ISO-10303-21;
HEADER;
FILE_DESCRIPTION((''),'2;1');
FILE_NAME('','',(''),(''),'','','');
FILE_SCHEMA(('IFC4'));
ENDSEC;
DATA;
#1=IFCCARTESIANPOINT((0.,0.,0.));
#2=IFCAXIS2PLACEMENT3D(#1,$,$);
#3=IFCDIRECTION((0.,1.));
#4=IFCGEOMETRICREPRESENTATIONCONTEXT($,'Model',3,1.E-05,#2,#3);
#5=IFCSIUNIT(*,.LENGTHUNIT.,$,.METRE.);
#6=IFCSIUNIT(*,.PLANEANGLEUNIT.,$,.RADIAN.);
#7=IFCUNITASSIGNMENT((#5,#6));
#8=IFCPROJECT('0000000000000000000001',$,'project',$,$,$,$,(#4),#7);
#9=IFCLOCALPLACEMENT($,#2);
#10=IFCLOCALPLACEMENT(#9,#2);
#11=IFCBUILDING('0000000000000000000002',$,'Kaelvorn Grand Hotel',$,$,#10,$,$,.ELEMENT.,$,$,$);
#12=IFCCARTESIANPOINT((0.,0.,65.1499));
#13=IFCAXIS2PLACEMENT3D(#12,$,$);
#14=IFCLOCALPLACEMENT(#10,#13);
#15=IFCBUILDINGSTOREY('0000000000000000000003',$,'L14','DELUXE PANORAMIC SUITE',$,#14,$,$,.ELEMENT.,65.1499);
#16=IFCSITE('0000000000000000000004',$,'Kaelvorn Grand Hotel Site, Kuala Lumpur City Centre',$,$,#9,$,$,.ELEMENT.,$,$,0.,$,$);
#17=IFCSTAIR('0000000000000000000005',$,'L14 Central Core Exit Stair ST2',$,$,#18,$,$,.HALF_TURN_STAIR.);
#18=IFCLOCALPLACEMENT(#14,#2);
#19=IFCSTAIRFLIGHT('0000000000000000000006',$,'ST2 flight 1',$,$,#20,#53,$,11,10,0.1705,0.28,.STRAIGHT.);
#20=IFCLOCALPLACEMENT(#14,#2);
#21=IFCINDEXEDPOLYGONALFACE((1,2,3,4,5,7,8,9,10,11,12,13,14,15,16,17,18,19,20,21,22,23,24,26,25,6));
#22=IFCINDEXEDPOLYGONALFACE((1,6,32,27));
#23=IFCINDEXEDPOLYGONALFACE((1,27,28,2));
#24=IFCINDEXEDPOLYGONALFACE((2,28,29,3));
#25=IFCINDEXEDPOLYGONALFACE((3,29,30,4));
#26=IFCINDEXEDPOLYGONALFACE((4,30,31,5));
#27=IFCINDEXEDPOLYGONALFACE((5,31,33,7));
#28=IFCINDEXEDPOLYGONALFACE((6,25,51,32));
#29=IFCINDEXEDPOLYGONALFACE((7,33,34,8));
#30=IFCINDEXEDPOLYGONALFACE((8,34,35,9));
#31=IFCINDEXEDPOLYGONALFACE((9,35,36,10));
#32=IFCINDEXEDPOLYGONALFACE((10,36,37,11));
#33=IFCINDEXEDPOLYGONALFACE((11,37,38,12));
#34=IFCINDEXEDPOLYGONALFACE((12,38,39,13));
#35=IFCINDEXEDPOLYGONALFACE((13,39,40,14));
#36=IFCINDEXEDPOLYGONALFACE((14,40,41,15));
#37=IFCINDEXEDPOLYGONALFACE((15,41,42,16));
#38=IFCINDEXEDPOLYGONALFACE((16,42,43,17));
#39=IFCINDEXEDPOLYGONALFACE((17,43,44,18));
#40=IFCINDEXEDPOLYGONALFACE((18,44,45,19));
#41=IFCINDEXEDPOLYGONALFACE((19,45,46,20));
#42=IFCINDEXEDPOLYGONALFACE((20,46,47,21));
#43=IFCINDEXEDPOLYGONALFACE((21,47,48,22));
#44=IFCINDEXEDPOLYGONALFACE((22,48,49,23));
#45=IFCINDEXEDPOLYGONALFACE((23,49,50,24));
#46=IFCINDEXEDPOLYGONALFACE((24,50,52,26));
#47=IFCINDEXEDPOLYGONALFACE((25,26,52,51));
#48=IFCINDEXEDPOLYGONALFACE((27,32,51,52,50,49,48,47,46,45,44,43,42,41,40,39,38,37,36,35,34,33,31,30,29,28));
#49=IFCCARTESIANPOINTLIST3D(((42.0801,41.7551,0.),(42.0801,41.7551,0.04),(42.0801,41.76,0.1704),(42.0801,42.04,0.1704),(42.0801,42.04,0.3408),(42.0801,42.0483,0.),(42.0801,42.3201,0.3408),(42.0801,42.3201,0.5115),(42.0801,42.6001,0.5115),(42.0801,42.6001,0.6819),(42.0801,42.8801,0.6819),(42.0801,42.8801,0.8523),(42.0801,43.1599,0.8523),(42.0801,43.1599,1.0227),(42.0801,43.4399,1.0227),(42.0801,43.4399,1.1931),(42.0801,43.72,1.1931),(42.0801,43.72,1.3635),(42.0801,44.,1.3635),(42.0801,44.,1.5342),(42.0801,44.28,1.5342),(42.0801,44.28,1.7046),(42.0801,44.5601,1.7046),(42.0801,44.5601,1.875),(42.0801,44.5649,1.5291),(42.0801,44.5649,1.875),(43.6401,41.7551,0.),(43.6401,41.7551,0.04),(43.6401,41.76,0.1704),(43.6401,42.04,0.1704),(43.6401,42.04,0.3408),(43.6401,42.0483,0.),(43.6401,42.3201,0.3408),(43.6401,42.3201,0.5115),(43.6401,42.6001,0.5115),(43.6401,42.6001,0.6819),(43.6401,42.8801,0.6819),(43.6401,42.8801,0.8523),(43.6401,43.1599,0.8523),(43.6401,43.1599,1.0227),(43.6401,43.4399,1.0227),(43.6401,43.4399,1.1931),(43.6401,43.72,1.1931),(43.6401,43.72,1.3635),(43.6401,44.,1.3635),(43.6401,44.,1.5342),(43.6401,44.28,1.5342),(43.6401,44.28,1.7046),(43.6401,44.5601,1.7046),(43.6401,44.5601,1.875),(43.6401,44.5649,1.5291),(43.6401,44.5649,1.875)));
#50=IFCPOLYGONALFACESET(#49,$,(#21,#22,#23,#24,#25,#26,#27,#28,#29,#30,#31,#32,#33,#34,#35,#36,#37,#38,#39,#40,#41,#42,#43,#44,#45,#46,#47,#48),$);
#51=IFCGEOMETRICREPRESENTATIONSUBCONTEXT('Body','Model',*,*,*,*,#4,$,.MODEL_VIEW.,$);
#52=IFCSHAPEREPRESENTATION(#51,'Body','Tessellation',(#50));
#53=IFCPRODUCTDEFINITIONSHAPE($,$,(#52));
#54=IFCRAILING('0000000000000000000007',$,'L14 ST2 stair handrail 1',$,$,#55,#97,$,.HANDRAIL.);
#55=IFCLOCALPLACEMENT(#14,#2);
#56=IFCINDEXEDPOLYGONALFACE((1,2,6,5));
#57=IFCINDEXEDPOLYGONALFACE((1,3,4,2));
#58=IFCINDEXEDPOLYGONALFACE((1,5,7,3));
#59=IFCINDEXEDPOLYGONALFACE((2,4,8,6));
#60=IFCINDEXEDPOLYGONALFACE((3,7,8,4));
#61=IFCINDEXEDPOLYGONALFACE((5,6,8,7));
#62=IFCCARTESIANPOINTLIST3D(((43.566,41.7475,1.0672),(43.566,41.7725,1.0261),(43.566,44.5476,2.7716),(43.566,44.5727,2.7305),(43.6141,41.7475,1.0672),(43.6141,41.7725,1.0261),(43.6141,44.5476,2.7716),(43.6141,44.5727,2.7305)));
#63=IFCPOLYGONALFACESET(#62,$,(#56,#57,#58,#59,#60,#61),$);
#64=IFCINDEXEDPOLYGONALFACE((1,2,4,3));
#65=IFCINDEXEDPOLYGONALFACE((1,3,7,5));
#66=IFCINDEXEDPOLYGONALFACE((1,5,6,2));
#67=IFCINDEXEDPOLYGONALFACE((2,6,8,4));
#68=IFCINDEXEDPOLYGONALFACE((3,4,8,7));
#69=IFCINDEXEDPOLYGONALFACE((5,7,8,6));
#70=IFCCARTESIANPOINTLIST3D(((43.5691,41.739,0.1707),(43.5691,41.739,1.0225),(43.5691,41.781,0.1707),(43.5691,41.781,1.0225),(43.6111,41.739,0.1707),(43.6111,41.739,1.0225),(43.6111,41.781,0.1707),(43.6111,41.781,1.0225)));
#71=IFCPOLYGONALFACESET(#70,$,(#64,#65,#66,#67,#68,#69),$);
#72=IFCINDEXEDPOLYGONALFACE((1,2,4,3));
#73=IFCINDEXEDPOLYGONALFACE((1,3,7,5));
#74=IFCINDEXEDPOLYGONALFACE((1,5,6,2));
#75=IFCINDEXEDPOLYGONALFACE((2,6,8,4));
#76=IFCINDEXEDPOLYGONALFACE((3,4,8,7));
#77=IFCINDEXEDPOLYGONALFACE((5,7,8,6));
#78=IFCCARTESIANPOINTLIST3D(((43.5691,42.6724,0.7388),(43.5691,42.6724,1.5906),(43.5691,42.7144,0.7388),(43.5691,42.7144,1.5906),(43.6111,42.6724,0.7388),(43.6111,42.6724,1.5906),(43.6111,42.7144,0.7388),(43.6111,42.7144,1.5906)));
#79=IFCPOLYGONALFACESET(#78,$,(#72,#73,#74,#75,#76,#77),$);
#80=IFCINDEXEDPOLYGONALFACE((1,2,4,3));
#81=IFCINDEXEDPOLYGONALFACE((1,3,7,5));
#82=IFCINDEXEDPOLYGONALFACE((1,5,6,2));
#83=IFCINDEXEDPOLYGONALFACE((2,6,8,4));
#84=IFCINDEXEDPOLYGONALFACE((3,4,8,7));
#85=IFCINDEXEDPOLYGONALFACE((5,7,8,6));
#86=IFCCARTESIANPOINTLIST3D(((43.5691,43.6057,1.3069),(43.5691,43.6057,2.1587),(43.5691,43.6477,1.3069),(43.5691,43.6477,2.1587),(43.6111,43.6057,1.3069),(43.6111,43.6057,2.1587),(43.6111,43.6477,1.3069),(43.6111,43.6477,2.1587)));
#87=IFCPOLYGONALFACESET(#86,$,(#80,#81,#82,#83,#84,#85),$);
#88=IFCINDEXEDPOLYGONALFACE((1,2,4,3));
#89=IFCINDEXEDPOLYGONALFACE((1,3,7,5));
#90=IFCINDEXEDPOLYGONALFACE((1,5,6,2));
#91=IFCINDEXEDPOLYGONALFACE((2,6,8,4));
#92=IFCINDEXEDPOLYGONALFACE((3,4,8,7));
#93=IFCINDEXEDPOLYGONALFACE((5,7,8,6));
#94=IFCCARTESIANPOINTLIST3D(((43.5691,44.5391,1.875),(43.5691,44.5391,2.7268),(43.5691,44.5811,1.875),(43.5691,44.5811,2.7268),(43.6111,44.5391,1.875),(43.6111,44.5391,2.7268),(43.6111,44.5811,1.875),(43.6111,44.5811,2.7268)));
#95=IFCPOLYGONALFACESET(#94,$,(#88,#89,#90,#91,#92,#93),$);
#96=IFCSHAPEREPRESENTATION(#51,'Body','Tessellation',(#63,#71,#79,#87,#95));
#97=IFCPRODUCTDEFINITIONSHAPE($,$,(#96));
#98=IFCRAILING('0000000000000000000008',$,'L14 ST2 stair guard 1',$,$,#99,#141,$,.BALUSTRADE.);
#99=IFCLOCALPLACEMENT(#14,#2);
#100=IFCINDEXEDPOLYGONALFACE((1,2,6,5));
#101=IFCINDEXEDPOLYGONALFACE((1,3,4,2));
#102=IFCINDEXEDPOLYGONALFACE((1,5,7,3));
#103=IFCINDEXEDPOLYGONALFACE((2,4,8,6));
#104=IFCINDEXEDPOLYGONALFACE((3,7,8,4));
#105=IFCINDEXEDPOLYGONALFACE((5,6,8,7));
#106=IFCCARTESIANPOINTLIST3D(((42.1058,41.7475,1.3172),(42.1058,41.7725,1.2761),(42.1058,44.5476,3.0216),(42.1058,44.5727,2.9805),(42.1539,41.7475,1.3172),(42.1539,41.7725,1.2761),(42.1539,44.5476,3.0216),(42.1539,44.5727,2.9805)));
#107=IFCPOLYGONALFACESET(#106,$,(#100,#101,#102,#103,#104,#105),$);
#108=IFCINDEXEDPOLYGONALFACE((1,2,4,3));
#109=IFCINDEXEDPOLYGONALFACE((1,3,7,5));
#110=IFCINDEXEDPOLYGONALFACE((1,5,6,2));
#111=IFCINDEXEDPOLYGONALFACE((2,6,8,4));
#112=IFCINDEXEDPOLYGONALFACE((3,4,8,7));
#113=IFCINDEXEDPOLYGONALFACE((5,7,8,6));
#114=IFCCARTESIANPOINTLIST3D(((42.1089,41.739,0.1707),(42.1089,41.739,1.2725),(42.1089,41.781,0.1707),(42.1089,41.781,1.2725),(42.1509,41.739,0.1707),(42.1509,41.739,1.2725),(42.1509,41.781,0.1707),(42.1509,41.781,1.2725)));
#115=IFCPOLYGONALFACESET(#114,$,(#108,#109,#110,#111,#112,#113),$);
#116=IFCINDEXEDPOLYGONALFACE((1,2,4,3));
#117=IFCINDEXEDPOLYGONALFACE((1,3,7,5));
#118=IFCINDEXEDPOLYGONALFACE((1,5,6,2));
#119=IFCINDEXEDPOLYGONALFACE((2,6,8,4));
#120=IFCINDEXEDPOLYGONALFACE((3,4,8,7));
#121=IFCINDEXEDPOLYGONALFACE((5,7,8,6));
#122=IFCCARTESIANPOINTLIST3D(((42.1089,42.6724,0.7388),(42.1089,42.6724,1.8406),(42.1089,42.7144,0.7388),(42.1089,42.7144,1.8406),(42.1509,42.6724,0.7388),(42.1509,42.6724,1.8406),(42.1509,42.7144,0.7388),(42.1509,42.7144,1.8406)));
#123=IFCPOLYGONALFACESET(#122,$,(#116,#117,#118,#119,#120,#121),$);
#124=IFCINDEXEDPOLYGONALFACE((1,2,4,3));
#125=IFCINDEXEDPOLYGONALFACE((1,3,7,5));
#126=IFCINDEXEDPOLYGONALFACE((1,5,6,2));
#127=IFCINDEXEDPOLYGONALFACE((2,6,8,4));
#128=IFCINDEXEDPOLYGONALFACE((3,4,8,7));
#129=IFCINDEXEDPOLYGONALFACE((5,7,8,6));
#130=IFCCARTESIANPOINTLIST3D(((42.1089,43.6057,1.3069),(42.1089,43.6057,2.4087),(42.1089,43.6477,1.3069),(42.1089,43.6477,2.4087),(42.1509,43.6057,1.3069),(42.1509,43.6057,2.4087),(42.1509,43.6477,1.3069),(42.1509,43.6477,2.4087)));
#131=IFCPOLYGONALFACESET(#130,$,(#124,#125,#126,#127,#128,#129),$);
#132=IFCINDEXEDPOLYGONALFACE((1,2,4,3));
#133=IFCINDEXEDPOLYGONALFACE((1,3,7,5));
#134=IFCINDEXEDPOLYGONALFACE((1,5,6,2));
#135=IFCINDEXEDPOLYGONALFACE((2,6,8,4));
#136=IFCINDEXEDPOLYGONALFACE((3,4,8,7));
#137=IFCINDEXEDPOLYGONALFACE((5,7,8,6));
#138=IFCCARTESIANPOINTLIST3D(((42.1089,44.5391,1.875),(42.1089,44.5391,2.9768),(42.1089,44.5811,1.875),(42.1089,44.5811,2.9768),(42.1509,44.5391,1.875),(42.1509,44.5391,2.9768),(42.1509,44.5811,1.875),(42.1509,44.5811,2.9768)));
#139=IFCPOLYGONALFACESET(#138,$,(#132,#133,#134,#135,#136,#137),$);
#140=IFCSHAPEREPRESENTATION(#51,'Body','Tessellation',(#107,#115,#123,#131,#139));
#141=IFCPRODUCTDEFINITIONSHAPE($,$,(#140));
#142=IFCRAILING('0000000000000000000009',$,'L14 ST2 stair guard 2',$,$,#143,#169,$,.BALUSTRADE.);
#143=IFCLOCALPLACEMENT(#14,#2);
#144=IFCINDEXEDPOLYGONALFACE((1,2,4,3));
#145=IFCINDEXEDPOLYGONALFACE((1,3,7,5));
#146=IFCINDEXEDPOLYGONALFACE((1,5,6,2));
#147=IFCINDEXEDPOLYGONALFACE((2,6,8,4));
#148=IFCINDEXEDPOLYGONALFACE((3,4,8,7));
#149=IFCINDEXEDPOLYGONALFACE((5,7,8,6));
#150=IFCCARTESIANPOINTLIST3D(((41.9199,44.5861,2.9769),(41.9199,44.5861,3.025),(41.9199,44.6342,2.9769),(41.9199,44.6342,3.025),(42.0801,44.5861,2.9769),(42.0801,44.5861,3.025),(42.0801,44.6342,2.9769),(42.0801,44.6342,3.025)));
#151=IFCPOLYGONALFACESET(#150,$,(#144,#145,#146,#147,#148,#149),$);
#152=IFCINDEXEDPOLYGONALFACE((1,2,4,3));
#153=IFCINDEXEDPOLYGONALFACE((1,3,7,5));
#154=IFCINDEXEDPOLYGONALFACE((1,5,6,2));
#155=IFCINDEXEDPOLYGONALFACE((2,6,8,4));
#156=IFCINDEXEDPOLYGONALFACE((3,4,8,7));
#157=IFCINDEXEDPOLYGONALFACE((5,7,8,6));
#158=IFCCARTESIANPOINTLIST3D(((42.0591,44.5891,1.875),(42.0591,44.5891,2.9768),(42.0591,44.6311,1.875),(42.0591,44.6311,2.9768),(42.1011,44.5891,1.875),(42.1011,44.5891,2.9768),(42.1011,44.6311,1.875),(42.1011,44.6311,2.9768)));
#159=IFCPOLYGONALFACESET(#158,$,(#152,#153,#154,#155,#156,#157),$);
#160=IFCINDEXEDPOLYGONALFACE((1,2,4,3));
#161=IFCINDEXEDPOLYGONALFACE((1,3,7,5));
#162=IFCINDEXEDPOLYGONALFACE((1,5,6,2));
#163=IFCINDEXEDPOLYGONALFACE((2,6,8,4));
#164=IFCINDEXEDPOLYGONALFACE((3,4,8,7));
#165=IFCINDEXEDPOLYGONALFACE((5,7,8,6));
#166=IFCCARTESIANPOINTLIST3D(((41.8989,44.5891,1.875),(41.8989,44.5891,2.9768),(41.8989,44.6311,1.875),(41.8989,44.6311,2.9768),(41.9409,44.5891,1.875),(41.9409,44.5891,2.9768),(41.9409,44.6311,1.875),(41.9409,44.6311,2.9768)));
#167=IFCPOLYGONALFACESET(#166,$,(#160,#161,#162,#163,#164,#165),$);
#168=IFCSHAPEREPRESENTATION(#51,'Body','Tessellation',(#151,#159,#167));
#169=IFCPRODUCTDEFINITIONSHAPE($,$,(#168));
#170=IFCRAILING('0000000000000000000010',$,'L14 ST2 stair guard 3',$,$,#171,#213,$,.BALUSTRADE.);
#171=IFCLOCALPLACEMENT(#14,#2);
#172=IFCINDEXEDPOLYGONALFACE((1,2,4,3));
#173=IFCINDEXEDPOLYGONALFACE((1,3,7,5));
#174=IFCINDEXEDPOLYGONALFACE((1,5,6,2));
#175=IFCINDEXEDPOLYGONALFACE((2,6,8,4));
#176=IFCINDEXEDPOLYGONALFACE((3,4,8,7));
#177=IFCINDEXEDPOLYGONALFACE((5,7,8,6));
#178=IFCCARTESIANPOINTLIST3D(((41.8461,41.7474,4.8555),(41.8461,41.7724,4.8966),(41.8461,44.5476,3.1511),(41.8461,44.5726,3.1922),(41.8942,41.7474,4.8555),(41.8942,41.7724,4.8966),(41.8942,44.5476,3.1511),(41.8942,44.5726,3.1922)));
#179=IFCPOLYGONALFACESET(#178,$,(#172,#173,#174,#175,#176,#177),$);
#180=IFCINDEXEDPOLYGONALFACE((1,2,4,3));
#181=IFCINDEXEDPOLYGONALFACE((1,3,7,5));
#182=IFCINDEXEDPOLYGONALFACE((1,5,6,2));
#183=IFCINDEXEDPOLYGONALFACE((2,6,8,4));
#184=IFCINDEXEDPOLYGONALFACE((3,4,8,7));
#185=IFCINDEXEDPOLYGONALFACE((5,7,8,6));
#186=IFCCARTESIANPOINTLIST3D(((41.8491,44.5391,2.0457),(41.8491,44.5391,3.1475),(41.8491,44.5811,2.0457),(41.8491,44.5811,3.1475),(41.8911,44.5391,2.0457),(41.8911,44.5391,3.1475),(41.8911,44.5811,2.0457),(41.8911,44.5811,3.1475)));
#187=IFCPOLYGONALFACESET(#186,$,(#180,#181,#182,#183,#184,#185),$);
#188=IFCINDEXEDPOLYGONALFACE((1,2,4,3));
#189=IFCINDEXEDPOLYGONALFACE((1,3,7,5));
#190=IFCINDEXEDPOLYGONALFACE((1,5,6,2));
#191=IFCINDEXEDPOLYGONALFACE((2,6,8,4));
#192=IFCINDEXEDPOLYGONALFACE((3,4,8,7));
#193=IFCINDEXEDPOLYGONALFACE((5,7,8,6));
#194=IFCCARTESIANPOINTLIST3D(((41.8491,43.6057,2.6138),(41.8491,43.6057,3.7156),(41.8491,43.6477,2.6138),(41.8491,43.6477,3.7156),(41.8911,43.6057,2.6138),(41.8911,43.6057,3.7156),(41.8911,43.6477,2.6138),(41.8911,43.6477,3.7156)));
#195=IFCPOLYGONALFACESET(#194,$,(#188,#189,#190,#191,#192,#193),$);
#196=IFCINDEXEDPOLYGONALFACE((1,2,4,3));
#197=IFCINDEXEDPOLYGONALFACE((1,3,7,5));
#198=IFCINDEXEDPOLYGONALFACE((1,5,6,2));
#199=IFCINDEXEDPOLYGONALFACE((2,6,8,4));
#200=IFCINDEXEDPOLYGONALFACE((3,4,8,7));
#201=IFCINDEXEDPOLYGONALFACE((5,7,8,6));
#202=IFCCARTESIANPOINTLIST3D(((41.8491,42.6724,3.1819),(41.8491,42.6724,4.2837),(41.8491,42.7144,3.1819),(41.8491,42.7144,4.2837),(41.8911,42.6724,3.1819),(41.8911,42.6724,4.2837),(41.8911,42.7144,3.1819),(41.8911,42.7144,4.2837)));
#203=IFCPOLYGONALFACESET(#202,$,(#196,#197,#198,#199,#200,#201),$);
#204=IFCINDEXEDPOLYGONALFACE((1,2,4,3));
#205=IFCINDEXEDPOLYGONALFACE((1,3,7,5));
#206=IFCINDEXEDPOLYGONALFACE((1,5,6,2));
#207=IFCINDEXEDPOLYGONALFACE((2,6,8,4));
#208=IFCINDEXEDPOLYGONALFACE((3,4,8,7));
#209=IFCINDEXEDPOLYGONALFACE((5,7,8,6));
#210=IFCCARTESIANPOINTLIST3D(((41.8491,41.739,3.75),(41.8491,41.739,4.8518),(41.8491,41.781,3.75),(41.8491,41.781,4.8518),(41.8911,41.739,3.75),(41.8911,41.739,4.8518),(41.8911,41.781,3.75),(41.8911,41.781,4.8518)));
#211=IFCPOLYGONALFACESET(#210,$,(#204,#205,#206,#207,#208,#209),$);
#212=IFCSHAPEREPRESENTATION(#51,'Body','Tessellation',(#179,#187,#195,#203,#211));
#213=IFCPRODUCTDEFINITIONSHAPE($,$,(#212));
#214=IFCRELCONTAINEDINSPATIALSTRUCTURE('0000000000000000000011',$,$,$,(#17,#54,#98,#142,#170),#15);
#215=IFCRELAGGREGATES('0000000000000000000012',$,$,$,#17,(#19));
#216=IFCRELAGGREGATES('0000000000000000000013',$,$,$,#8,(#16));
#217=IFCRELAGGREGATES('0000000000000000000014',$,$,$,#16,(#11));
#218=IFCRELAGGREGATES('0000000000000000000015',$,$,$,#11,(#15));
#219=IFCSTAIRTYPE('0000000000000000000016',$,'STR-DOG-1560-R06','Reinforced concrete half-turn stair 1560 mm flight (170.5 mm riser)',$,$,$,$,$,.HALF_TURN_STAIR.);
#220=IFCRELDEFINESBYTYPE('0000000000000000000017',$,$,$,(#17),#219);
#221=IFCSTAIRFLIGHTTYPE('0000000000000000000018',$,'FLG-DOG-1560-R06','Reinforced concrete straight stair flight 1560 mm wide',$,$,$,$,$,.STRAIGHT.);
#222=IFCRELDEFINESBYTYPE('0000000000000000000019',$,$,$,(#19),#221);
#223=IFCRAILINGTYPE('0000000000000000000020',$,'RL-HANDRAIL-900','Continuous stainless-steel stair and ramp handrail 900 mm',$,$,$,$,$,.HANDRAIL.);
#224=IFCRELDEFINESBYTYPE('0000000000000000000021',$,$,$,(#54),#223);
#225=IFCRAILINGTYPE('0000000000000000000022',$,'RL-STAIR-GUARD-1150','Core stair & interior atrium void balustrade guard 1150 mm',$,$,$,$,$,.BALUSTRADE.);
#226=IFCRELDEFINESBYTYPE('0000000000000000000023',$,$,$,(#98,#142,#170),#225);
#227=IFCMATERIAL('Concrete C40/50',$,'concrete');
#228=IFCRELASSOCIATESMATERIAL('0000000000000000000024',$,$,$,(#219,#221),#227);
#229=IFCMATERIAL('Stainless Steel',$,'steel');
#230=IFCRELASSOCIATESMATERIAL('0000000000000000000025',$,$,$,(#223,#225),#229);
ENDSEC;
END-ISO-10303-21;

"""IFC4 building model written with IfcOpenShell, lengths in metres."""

from ifc_helpers import new_model, si_unit, direction, frame, origin, origin_2d, place, context, subcontext, project, spatial, polyline, rectangle, outline, extrude, material, type_object, element, aggregate, save


model = new_model("IFC4")

# Units and contexts
model_context = context("Model", 3, precision=1e-05, world=origin(), true_north=direction((0.0, 1.0)))
body_context = subcontext(model_context, "Body", "Model", "MODEL_VIEW")
ifc_project = project(units=[si_unit("LENGTHUNIT", "METRE"), si_unit("PLANEANGLEUNIT", "RADIAN")], contexts=[model_context])

# Site, building, storey
site_placement = place(None, origin())
site = spatial("IfcSite", under=ifc_project, at=site_placement, Name="Kaelvorn Grand Hotel Site, Kuala Lumpur City Centre", CompositionType="ELEMENT", RefElevation=0.0)
building_placement = place(site_placement, origin())
building = spatial("IfcBuilding", under=site, at=building_placement, Name="Kaelvorn Grand Hotel", CompositionType="ELEMENT")
storey_placement = place(building_placement, frame((0.0, 0.0, 65.1499)))
storey = spatial("IfcBuildingStorey", under=building, at=storey_placement, Name="L14", Description="DELUXE PANORAMIC SUITE", CompositionType="ELEMENT", Elevation=65.1499)

# Shared definitions
ifc_material_1 = material(Name="Concrete C40/50", Category="concrete")

# Shared definitions
ifc_material_2 = material(Name="Stainless Steel", Category="steel")

# Stair, stair flight
stair_type = type_object("IfcStairType", Name="STR-DOG-1560-R06", Description="Reinforced concrete half-turn stair 1560 mm flight (170.5 mm riser)", PredefinedType="HALF_TURN_STAIR", material=ifc_material_1)
stair_placement = place(storey_placement, origin())
stair = element("IfcStair", 1, at=stair_placement, inside=storey, type_object=stair_type, Name="L14 Central Core Exit Stair ST2", PredefinedType="HALF_TURN_STAIR")
stair_flight_type = type_object("IfcStairFlightType", Name="FLG-DOG-1560-R06", Description="Reinforced concrete straight stair flight 1560 mm wide", PredefinedType="STRAIGHT", material=ifc_material_1)
stair_flight_placement = place(storey_placement, frame((42.8601, 41.76, 0.0), z_axis=(0.0, 0.0, 1.0), x_axis=(0.0, 1.0, 0.0)))
stair_flight = element("IfcStairFlight", 2, at=stair_flight_placement, type_object=stair_flight_type, Name="ST2 flight 1", NumberOfRisers=11, NumberOfTreads=10, PredefinedType="STRAIGHT", RiserHeight=0.1705, TreadLength=0.28, context=body_context, shape_type="SweptSolid", body=[
    extrude(outline(polyline([(-0.0049, 0.0), (-0.0049, 0.04), (0.0, 0.1704), (0.28, 0.1704), (0.28, 0.3408), (0.5601, 0.3408), (0.5601, 0.5115), (0.8401, 0.5115), (0.8401, 0.6819), (1.1201, 0.6819), (1.1201, 0.8523), (1.3999, 0.8523), (1.3999, 1.0227), (1.6799, 1.0227), (1.6799, 1.1931), (1.96, 1.1931), (1.96, 1.3635), (2.24, 1.3635), (2.24, 1.5342), (2.52, 1.5342), (2.52, 1.7046), (2.8, 1.7046), (2.8, 1.875), (2.8049, 1.875), (2.8049, 1.5291), (0.2883, 0.0), (-0.0049, 0.0)])), frame((0.0, 0.78, 0.0), z_axis=(0.0, -1.0, 0.0), x_axis=(1.0, 0.0, 0.0)), (0.0, 0.0, 1.0), 1.5601),
])
aggregate(stair, [stair_flight])

# Railings
railing_type_1 = type_object("IfcRailingType", Name="RL-HANDRAIL-900", Description="Continuous stainless-steel stair and ramp handrail 900 mm", PredefinedType="HANDRAIL", material=ifc_material_2)
railing_1_placement = place(storey_placement, frame((43.5901, 41.76, 0.1707)))
element("IfcRailing", 3, at=railing_1_placement, inside=storey, type_object=railing_type_1, Name="L14 ST2 stair handrail 1", PredefinedType="HANDRAIL", context=body_context, shape_type="SweptSolid", body=[
    extrude(rectangle(XDim=0.0481, YDim=0.0481, at=origin_2d()), frame((0.0, 0.0, 0.876), z_axis=(0.0, 0.854203, 0.51994), x_axis=(-1.0, 0.0, 0.0)), (0.0, 0.0, 1.0), 3.2781),
    extrude(rectangle(XDim=0.042, YDim=0.042, at=origin_2d()), origin(), (0.0, 0.0, 1.0), 0.8518),
    extrude(rectangle(XDim=0.042, YDim=0.042, at=origin_2d()), frame((0.0, 0.9333, 0.5681)), (0.0, 0.0, 1.0), 0.8518),
    extrude(rectangle(XDim=0.042, YDim=0.042, at=origin_2d()), frame((0.0, 1.8667, 1.1362)), (0.0, 0.0, 1.0), 0.8518),
    extrude(rectangle(XDim=0.042, YDim=0.042, at=origin_2d()), frame((0.0, 2.8, 1.7043)), (0.0, 0.0, 1.0), 0.8518),
])
railing_type_2 = type_object("IfcRailingType", Name="RL-STAIR-GUARD-1150", Description="Core stair & interior atrium void balustrade guard 1150 mm", PredefinedType="BALUSTRADE", material=ifc_material_2)
railing_2_placement = place(storey_placement, frame((42.1299, 41.76, 0.1707)))
element("IfcRailing", 4, at=railing_2_placement, inside=storey, type_object=railing_type_2, Name="L14 ST2 stair guard 1", PredefinedType="BALUSTRADE", context=body_context, shape_type="SweptSolid", body=[
    extrude(rectangle(XDim=0.0481, YDim=0.0481, at=origin_2d()), frame((0.0, 0.0, 1.126), z_axis=(0.0, 0.854203, 0.51994), x_axis=(-1.0, 0.0, 0.0)), (0.0, 0.0, 1.0), 3.2781),
    extrude(rectangle(XDim=0.042, YDim=0.042, at=origin_2d()), origin(), (0.0, 0.0, 1.0), 1.1018),
    extrude(rectangle(XDim=0.042, YDim=0.042, at=origin_2d()), frame((0.0, 0.9333, 0.5681)), (0.0, 0.0, 1.0), 1.1018),
    extrude(rectangle(XDim=0.042, YDim=0.042, at=origin_2d()), frame((0.0, 1.8667, 1.1362)), (0.0, 0.0, 1.0), 1.1018),
    extrude(rectangle(XDim=0.042, YDim=0.042, at=origin_2d()), frame((0.0, 2.8, 1.7043)), (0.0, 0.0, 1.0), 1.1018),
])
railing_3_placement = place(storey_placement, frame((42.0801, 44.6101, 1.875)))
element("IfcRailing", 5, at=railing_3_placement, inside=storey, type_object=railing_type_2, Name="L14 ST2 stair guard 2", PredefinedType="BALUSTRADE", context=body_context, shape_type="SweptSolid", body=[
    extrude(rectangle(XDim=0.0481, YDim=0.0481, at=origin_2d()), frame((0.0, 0.0, 1.126), z_axis=(-1.0, 0.0, 0.0), x_axis=(0.0, -1.0, 0.0)), (0.0, 0.0, 1.0), 0.1602),
    extrude(rectangle(XDim=0.042, YDim=0.042, at=origin_2d()), origin(), (0.0, 0.0, 1.0), 1.1018),
    extrude(rectangle(XDim=0.042, YDim=0.042, at=origin_2d()), frame((-0.1602, 0.0, 0.0)), (0.0, 0.0, 1.0), 1.1018),
])
railing_4_placement = place(storey_placement, frame((41.8701, 44.5601, 2.0457)))
element("IfcRailing", 6, at=railing_4_placement, inside=storey, type_object=railing_type_2, Name="L14 ST2 stair guard 3", PredefinedType="BALUSTRADE", context=body_context, shape_type="SweptSolid", body=[
    extrude(rectangle(XDim=0.0481, YDim=0.0481, at=origin_2d()), frame((0.0, 0.0, 1.126), z_axis=(0.0, -0.854203, 0.51994), x_axis=(1.0, 0.0, 0.0)), (0.0, 0.0, 1.0), 3.2781),
    extrude(rectangle(XDim=0.042, YDim=0.042, at=origin_2d()), origin(), (0.0, 0.0, 1.0), 1.1018),
    extrude(rectangle(XDim=0.042, YDim=0.042, at=origin_2d()), frame((0.0, -0.9333, 0.5681)), (0.0, 0.0, 1.0), 1.1018),
    extrude(rectangle(XDim=0.042, YDim=0.042, at=origin_2d()), frame((0.0, -1.8667, 1.1362)), (0.0, 0.0, 1.0), 1.1018),
    extrude(rectangle(XDim=0.042, YDim=0.042, at=origin_2d()), frame((0.0, -2.8, 1.7043)), (0.0, 0.0, 1.0), 1.1018),
])

save(model, "model.ifc")
